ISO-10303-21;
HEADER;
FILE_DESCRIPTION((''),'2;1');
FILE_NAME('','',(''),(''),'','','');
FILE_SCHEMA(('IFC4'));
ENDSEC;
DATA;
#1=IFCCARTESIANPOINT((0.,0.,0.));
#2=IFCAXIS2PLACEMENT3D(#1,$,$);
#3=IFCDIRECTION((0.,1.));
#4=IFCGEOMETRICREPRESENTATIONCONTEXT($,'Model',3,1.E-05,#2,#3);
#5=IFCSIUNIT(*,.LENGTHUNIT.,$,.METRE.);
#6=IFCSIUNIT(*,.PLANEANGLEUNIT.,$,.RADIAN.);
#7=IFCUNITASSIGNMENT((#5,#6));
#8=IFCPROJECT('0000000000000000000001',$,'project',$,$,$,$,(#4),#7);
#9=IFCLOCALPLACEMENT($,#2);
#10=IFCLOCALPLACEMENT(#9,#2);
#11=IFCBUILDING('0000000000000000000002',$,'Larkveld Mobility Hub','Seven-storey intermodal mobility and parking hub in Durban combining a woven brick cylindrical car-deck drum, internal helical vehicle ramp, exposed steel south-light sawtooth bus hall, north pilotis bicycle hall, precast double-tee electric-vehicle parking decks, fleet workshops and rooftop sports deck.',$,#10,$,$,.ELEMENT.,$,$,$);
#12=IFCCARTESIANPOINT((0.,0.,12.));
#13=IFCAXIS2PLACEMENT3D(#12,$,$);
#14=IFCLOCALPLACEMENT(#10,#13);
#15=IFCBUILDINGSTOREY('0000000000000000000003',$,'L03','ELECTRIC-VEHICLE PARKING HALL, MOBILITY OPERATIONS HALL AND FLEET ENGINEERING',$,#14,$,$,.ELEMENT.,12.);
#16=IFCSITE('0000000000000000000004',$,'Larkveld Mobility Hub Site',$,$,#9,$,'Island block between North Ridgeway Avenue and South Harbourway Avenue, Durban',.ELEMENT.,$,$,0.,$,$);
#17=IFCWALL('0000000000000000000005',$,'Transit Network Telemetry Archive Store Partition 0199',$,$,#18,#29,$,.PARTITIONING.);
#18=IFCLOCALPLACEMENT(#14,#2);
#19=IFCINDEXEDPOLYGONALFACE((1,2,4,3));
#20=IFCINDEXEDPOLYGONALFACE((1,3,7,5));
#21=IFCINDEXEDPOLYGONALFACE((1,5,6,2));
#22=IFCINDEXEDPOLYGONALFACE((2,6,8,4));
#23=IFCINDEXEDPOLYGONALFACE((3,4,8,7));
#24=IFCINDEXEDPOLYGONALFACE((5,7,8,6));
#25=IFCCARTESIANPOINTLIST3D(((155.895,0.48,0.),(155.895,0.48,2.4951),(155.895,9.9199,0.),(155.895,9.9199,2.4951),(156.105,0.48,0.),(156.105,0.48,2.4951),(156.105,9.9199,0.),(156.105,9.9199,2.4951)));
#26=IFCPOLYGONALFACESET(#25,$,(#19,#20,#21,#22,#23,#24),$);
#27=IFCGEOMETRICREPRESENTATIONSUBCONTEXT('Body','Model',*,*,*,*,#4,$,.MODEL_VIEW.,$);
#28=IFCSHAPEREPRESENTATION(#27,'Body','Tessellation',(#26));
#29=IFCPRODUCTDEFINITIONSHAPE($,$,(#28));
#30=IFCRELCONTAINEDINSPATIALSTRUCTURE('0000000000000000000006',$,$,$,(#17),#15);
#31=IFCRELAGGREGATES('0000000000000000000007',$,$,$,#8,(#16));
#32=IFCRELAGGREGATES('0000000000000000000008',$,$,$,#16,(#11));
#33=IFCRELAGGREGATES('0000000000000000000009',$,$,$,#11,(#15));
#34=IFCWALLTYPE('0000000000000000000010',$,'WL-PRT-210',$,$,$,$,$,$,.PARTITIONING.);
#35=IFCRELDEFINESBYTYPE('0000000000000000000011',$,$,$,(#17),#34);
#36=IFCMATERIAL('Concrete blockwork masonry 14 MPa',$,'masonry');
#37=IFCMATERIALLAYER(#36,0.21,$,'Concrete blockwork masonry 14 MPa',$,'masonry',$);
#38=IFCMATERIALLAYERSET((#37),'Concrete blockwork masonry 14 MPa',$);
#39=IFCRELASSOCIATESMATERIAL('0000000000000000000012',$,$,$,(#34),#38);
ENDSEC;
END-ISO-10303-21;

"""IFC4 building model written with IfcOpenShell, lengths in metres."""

from ifc_helpers import new_model, si_unit, direction, frame, frame_2d, origin, place, context, subcontext, project, spatial, rectangle, extrude, material, layer, layer_set, type_object, element, save


model = new_model("IFC4")

# Units and contexts
model_context = context("Model", 3, precision=1e-05, world=origin(), true_north=direction((0.0, 1.0)))
body_context = subcontext(model_context, "Body", "Model", "MODEL_VIEW")
ifc_project = project(units=[si_unit("LENGTHUNIT", "METRE"), si_unit("PLANEANGLEUNIT", "RADIAN")], contexts=[model_context])

# Site, building, storey
site_placement = place(None, origin())
site = spatial("IfcSite", under=ifc_project, at=site_placement, Name="Larkveld Mobility Hub Site", LongName="Island block between North Ridgeway Avenue and South Harbourway Avenue, Durban", CompositionType="ELEMENT", RefElevation=0.0)
building_placement = place(site_placement, origin())
building = spatial("IfcBuilding", under=site, at=building_placement, Name="Larkveld Mobility Hub", Description="Seven-storey intermodal mobility and parking hub in Durban combining a woven brick cylindrical car-deck drum, internal helical vehicle ramp, exposed steel south-light sawtooth bus hall, north pilotis bicycle hall, precast double-tee electric-vehicle parking decks, fleet workshops and rooftop sports deck.", CompositionType="ELEMENT")
storey_placement = place(building_placement, frame((0.0, 0.0, 12.0)))
storey = spatial("IfcBuildingStorey", under=building, at=storey_placement, Name="L03", Description="ELECTRIC-VEHICLE PARKING HALL, MOBILITY OPERATIONS HALL AND FLEET ENGINEERING", CompositionType="ELEMENT", Elevation=12.0)

# Shared definitions
ifc_material_1 = material(Name="Concrete blockwork masonry 14 MPa", Category="masonry")

# Wall
ifc_layer_1 = layer(ifc_material_1, 0.21, Name="Concrete blockwork masonry 14 MPa", Category="masonry")
ifc_layer_set_1 = layer_set([ifc_layer_1], Name="Concrete blockwork masonry 14 MPa")
wall_type_1 = type_object("IfcWallType", Name="WL-PRT-210", PredefinedType="PARTITIONING", material=ifc_layer_set_1)
wall_1_placement = place(storey_placement, frame((156.0, 0.48, 0.0), z_axis=(0.0, 0.0, 1.0), x_axis=(0.0, 1.0, 0.0)))
element("IfcWall", 1, at=wall_1_placement, inside=storey, type_object=wall_type_1, Name="Transit Network Telemetry Archive Store Partition 0199", PredefinedType="PARTITIONING", context=body_context, shape_type="SweptSolid", body=[
    extrude(rectangle(XDim=9.4399, YDim=0.21, at=frame_2d((4.72, 0.0))), origin(), (0.0, 0.0, 1.0), 2.4951),
])

save(model, "model.ifc")
